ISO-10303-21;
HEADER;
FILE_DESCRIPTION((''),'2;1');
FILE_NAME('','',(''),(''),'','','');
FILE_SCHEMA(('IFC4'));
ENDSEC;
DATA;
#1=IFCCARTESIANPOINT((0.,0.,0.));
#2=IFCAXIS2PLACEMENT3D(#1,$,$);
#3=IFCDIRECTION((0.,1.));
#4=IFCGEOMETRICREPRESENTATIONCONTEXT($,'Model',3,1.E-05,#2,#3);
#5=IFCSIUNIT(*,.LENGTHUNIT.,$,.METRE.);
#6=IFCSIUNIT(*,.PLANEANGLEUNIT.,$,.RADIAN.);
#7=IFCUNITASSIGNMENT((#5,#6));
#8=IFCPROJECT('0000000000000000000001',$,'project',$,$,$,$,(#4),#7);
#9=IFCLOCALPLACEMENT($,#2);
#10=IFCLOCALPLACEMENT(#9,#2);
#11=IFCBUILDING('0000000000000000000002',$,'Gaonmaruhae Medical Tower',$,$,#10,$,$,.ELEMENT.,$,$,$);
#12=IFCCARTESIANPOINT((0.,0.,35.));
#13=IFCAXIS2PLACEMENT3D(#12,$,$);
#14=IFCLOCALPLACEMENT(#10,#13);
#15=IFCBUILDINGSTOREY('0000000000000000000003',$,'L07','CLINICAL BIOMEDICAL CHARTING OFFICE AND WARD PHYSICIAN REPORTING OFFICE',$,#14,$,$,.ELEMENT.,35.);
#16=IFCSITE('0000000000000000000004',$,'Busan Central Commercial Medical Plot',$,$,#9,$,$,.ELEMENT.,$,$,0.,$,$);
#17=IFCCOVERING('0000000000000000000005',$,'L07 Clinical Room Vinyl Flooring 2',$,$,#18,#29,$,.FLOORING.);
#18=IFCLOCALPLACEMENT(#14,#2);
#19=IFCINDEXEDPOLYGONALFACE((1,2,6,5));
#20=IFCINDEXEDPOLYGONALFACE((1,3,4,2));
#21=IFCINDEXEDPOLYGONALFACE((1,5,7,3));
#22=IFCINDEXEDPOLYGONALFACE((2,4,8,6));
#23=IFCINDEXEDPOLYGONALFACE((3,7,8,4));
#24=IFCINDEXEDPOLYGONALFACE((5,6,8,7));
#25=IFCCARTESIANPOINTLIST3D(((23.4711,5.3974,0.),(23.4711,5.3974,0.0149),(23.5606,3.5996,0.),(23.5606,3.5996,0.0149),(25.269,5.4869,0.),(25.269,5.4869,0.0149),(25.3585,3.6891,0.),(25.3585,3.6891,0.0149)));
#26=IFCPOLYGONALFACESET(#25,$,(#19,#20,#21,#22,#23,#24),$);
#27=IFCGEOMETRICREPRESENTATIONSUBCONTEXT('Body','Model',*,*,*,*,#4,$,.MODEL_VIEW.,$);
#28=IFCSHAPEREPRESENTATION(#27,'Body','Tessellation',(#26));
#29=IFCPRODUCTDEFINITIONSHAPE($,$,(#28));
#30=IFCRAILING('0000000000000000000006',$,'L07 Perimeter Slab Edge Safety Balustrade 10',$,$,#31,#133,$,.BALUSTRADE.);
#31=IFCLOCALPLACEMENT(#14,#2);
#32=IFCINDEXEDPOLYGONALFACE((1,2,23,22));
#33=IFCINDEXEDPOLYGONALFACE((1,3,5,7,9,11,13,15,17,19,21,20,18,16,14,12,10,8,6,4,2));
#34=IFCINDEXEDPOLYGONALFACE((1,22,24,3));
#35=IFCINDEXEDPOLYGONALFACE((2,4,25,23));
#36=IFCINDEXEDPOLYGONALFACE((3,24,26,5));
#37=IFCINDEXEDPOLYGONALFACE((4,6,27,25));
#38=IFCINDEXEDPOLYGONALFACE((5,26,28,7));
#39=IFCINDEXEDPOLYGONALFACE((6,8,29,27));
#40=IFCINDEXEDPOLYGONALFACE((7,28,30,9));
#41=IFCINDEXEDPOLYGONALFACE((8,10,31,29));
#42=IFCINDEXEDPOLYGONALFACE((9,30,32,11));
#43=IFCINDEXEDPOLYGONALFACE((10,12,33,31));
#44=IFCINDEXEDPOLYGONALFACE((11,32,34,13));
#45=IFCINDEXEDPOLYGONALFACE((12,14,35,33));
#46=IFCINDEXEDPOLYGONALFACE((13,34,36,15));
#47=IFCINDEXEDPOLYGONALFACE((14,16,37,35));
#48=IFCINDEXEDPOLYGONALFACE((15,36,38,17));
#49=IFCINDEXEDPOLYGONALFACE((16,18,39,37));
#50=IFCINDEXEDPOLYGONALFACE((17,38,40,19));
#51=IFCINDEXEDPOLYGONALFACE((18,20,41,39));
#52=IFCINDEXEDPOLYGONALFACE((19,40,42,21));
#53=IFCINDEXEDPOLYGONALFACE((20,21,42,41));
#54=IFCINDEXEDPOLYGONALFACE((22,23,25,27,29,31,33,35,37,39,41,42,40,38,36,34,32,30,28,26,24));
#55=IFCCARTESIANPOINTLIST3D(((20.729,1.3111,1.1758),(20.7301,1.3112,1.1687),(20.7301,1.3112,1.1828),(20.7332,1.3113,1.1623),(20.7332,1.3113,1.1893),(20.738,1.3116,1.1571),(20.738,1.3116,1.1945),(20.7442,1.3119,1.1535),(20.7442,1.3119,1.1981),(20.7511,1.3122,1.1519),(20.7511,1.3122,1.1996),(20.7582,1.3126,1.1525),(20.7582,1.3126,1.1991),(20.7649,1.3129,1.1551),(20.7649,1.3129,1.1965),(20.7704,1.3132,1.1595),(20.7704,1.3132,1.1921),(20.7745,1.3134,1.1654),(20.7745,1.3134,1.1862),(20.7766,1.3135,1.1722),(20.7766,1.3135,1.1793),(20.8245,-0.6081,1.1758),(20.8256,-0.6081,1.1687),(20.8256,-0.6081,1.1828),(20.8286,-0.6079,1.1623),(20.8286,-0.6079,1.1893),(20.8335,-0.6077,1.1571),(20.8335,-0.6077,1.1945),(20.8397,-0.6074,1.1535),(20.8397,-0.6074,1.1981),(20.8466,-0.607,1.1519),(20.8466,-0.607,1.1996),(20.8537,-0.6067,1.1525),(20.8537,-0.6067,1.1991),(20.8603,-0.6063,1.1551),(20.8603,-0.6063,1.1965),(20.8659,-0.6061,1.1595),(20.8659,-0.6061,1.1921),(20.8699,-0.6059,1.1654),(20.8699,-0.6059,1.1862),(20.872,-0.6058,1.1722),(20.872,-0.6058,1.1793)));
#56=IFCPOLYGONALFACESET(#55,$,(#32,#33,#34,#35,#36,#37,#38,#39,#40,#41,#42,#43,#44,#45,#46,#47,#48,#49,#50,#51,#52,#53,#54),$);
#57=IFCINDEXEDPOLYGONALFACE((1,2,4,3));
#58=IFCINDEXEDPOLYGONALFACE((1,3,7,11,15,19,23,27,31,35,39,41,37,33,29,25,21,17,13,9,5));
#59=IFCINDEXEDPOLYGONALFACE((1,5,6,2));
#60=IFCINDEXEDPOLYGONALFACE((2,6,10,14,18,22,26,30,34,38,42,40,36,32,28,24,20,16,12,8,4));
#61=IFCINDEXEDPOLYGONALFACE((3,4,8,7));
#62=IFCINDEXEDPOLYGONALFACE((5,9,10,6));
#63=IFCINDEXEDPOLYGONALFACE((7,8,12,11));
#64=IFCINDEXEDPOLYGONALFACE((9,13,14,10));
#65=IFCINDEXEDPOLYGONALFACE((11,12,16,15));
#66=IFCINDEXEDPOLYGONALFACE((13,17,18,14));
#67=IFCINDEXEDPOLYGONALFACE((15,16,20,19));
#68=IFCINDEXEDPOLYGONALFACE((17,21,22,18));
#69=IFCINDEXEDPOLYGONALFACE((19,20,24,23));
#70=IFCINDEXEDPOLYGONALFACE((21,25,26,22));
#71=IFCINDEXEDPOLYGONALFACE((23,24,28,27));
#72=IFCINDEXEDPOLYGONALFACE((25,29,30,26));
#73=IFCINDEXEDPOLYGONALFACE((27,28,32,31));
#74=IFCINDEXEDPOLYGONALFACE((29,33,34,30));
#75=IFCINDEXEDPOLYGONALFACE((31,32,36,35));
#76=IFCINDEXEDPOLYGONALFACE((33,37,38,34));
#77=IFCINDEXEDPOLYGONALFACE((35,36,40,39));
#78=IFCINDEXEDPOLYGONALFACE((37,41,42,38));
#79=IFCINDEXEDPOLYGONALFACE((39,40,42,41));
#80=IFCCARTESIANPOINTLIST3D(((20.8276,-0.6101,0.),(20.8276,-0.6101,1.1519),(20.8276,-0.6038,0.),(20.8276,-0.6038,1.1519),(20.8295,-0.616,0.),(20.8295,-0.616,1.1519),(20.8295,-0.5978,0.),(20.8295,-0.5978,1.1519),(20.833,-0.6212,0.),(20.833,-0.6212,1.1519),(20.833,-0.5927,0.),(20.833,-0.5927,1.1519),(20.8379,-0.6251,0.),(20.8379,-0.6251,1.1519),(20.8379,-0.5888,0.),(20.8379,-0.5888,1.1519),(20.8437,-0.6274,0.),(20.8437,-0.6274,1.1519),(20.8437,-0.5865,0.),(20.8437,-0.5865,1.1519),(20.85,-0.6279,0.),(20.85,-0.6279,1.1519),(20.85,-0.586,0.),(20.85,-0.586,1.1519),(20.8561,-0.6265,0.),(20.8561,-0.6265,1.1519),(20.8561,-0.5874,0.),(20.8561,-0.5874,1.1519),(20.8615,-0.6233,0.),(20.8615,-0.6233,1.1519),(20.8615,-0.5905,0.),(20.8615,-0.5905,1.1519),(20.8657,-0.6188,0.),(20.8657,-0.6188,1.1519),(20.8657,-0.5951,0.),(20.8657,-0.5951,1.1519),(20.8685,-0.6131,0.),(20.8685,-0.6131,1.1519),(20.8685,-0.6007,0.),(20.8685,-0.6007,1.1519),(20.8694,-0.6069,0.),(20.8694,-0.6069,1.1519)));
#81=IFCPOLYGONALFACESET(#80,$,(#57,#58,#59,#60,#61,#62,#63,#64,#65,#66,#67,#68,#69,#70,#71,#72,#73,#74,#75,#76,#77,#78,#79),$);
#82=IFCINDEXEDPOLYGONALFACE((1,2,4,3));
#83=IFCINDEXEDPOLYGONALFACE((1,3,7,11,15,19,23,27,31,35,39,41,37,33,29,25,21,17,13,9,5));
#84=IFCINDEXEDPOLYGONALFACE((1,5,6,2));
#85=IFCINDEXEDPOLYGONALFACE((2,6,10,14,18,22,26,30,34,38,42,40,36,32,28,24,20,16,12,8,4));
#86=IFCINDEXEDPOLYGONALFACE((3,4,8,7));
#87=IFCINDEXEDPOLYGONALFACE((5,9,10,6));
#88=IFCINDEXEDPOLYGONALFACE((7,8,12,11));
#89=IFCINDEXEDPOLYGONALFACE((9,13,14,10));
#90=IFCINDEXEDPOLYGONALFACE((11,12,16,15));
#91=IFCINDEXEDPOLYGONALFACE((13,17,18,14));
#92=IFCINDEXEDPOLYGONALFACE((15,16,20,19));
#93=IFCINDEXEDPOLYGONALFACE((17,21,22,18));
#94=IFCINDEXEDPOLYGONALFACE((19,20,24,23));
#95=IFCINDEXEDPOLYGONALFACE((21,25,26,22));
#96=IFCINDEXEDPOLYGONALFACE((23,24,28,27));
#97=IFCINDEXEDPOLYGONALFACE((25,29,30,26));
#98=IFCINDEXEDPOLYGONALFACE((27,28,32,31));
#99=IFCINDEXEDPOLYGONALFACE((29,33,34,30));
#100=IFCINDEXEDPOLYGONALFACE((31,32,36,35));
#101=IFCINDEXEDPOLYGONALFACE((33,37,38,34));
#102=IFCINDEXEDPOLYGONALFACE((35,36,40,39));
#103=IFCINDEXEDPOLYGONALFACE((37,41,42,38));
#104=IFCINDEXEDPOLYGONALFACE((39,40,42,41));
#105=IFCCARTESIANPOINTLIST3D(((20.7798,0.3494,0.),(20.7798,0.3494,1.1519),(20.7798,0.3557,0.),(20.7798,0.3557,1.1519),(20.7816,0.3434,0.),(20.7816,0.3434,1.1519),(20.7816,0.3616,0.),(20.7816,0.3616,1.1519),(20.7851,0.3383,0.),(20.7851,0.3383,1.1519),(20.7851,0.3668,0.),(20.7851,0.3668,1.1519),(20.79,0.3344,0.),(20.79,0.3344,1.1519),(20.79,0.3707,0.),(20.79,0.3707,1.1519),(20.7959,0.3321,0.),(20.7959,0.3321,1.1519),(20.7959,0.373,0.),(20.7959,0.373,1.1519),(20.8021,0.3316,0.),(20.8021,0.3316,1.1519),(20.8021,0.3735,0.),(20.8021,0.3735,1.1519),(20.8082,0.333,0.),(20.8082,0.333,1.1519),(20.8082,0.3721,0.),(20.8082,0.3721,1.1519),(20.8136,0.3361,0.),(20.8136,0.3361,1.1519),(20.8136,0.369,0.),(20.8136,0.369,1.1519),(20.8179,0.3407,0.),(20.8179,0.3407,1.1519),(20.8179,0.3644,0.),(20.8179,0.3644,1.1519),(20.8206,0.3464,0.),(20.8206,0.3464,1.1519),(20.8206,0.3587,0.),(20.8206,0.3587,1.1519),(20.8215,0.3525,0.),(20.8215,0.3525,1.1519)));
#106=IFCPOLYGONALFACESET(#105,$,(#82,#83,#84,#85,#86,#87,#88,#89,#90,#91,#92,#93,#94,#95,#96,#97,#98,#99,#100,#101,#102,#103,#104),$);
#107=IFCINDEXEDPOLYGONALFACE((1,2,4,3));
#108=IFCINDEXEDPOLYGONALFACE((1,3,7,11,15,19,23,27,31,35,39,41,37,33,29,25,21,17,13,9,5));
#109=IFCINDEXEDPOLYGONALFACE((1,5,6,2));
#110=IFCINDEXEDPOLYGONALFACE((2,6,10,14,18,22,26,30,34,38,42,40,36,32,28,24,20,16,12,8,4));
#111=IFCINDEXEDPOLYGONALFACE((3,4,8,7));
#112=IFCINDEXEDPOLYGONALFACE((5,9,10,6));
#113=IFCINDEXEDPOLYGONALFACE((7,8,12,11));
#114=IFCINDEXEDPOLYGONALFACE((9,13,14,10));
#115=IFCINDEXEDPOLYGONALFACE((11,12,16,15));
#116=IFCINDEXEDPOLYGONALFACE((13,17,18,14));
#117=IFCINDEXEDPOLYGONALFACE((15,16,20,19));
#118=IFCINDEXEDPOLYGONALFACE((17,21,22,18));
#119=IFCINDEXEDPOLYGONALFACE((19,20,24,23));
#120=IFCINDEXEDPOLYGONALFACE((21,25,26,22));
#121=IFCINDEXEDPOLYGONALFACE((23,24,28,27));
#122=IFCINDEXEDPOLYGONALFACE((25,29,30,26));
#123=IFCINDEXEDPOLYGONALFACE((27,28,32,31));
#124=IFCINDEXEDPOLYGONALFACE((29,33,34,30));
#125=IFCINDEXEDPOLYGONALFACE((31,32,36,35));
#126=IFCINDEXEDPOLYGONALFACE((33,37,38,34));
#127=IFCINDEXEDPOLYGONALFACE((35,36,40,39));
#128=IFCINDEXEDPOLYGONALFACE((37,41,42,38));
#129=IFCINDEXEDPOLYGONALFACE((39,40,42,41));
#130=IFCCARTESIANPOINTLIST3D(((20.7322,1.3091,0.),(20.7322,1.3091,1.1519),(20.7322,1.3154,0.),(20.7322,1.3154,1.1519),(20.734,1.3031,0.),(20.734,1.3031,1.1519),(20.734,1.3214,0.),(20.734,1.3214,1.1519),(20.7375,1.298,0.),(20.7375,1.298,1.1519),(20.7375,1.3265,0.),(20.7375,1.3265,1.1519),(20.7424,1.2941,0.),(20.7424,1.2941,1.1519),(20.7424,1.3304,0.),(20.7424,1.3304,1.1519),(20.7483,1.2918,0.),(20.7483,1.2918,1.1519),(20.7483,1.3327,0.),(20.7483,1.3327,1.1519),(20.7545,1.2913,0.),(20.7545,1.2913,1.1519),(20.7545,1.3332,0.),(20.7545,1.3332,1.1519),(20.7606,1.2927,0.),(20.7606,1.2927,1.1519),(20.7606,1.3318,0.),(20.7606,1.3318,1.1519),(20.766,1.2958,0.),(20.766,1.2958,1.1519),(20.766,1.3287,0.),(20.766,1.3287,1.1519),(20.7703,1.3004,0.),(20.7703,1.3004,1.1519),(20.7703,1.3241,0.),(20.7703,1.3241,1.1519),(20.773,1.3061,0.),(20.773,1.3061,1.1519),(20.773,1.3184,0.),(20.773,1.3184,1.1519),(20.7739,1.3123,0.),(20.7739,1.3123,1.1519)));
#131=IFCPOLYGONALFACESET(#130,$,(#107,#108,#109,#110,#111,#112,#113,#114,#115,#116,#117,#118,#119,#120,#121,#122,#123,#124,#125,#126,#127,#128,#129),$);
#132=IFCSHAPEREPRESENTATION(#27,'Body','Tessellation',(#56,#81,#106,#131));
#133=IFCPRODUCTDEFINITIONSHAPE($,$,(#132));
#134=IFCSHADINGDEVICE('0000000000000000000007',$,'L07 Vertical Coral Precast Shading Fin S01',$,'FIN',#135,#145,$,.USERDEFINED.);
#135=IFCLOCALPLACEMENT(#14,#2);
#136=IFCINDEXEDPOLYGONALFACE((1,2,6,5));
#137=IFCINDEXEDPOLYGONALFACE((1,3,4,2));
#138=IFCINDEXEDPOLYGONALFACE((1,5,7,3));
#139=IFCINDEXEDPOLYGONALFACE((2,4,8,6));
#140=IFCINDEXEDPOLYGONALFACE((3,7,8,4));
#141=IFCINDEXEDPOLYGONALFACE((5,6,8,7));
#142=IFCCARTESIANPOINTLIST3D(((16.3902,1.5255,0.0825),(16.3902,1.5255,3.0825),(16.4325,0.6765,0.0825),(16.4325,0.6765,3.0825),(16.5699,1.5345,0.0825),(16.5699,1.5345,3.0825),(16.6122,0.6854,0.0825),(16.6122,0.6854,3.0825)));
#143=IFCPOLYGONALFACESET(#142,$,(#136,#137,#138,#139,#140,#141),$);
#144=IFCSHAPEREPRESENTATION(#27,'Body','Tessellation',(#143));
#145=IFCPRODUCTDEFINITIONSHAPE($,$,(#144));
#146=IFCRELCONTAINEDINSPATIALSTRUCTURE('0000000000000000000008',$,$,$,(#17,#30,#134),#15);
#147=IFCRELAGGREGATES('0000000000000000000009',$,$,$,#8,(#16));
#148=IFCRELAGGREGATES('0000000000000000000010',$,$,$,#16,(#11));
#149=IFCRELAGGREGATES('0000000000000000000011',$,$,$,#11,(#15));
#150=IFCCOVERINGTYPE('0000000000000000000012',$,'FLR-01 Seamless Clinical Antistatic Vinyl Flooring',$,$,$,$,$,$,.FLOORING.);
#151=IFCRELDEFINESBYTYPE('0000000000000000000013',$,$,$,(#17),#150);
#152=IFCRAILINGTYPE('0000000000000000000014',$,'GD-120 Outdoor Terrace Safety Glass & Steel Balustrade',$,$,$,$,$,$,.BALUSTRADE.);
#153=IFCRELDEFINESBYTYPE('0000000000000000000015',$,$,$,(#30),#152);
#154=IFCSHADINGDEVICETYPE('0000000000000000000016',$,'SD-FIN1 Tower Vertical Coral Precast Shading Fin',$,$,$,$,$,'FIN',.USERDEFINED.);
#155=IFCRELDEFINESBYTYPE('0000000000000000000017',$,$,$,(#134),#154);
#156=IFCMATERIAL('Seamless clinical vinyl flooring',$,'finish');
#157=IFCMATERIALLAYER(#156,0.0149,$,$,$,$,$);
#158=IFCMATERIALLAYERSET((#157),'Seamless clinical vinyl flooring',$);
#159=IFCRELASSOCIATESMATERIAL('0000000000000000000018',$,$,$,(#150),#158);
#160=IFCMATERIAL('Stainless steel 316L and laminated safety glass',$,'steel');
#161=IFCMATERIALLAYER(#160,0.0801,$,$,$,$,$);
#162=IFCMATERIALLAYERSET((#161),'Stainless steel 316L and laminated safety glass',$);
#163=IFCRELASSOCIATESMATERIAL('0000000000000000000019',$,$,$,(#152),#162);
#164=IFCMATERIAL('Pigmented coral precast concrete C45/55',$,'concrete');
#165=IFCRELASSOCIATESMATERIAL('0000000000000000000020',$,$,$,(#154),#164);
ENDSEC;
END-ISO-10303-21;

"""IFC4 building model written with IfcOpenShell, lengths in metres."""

from ifc_helpers import new_model, si_unit, direction, frame, origin, origin_2d, place, context, subcontext, project, spatial, rectangle, circle, extrude, material, layer, layer_set, type_object, element, save


model = new_model("IFC4")

# Units and contexts
model_context = context("Model", 3, precision=1e-05, world=origin(), true_north=direction((0.0, 1.0)))
body_context = subcontext(model_context, "Body", "Model", "MODEL_VIEW")
ifc_project = project(units=[si_unit("LENGTHUNIT", "METRE"), si_unit("PLANEANGLEUNIT", "RADIAN")], contexts=[model_context])

# Site, building, storey
site_placement = place(None, origin())
site = spatial("IfcSite", under=ifc_project, at=site_placement, Name="Busan Central Commercial Medical Plot", CompositionType="ELEMENT", RefElevation=0.0)
building_placement = place(site_placement, origin())
building = spatial("IfcBuilding", under=site, at=building_placement, Name="Gaonmaruhae Medical Tower", CompositionType="ELEMENT")
storey_placement = place(building_placement, frame((0.0, 0.0, 35.0)))
storey = spatial("IfcBuildingStorey", under=building, at=storey_placement, Name="L07", Description="CLINICAL BIOMEDICAL CHARTING OFFICE AND WARD PHYSICIAN REPORTING OFFICE", CompositionType="ELEMENT", Elevation=35.0)

# Covering
ifc_material_1 = material(Name="Seamless clinical vinyl flooring", Category="finish")
ifc_layer_1 = layer(ifc_material_1, 0.0149)
ifc_layer_set_1 = layer_set([ifc_layer_1], Name="Seamless clinical vinyl flooring")
covering_type = type_object("IfcCoveringType", Name="FLR-01 Seamless Clinical Antistatic Vinyl Flooring", PredefinedType="FLOORING", material=ifc_layer_set_1)
covering_placement = place(storey_placement, frame((24.4148, 4.5432, 0.0), z_axis=(0.0, 0.0, 1.0), x_axis=(0.998763, 0.049721, 0.0)))
element("IfcCovering", 1, at=covering_placement, inside=storey, type_object=covering_type, Name="L07 Clinical Room Vinyl Flooring 2", PredefinedType="FLOORING", context=body_context, shape_type="SweptSolid", body=[
    extrude(rectangle(XDim=1.8, YDim=1.8, at=origin_2d()), origin(), (0.0, 0.0, 1.0), 0.0149),
])

# Railing
ifc_material_2 = material(Name="Stainless steel 316L and laminated safety glass", Category="steel")
ifc_layer_2 = layer(ifc_material_2, 0.0801)
ifc_layer_set_2 = layer_set([ifc_layer_2], Name="Stainless steel 316L and laminated safety glass")
railing_type = type_object("IfcRailingType", Name="GD-120 Outdoor Terrace Safety Glass & Steel Balustrade", PredefinedType="BALUSTRADE", material=ifc_layer_set_2)
railing_placement = place(storey_placement, frame((20.8484, -0.6069, 0.0)))
element("IfcRailing", 2, at=railing_placement, inside=storey, type_object=railing_type, Name="L07 Perimeter Slab Edge Safety Balustrade 10", PredefinedType="BALUSTRADE", context=body_context, shape_type="SweptSolid", body=[
    extrude(circle(Radius=0.0239, at=origin_2d()), frame((0.0, 0.0, 1.1758), z_axis=(-0.049678, 0.998765, 0.0), x_axis=(-0.998765, -0.049678, 0.0)), (0.0, 0.0, 1.0), 1.9216),
    extrude(circle(Radius=0.021, at=origin_2d()), origin(), (0.0, 0.0, 1.0), 1.1519),
    extrude(circle(Radius=0.021, at=origin_2d()), frame((-0.0479, 0.9595, 0.0)), (0.0, 0.0, 1.0), 1.1519),
    extrude(circle(Radius=0.021, at=origin_2d()), frame((-0.0955, 1.9192, 0.0)), (0.0, 0.0, 1.0), 1.1519),
])

# Shading device
ifc_material_3 = material(Name="Pigmented coral precast concrete C45/55", Category="concrete")
shading_device_type = type_object("IfcShadingDeviceType", Name="SD-FIN1 Tower Vertical Coral Precast Shading Fin", ElementType="FIN", PredefinedType="USERDEFINED", material=ifc_material_3)
shading_device_placement = place(storey_placement, frame((16.5012, 1.1055, 0.0825), z_axis=(0.0, 0.0, 1.0), x_axis=(-0.998763, -0.049721, 0.0)))
element("IfcShadingDevice", 3, at=shading_device_placement, inside=storey, type_object=shading_device_type, Name="L07 Vertical Coral Precast Shading Fin S01", ObjectType="FIN", PredefinedType="USERDEFINED", context=body_context, shape_type="SweptSolid", body=[
    extrude(rectangle(XDim=0.1799, YDim=0.8501, at=origin_2d()), origin(), (0.0, 0.0, 1.0), 3.0),
])

save(model, "model.ifc")
